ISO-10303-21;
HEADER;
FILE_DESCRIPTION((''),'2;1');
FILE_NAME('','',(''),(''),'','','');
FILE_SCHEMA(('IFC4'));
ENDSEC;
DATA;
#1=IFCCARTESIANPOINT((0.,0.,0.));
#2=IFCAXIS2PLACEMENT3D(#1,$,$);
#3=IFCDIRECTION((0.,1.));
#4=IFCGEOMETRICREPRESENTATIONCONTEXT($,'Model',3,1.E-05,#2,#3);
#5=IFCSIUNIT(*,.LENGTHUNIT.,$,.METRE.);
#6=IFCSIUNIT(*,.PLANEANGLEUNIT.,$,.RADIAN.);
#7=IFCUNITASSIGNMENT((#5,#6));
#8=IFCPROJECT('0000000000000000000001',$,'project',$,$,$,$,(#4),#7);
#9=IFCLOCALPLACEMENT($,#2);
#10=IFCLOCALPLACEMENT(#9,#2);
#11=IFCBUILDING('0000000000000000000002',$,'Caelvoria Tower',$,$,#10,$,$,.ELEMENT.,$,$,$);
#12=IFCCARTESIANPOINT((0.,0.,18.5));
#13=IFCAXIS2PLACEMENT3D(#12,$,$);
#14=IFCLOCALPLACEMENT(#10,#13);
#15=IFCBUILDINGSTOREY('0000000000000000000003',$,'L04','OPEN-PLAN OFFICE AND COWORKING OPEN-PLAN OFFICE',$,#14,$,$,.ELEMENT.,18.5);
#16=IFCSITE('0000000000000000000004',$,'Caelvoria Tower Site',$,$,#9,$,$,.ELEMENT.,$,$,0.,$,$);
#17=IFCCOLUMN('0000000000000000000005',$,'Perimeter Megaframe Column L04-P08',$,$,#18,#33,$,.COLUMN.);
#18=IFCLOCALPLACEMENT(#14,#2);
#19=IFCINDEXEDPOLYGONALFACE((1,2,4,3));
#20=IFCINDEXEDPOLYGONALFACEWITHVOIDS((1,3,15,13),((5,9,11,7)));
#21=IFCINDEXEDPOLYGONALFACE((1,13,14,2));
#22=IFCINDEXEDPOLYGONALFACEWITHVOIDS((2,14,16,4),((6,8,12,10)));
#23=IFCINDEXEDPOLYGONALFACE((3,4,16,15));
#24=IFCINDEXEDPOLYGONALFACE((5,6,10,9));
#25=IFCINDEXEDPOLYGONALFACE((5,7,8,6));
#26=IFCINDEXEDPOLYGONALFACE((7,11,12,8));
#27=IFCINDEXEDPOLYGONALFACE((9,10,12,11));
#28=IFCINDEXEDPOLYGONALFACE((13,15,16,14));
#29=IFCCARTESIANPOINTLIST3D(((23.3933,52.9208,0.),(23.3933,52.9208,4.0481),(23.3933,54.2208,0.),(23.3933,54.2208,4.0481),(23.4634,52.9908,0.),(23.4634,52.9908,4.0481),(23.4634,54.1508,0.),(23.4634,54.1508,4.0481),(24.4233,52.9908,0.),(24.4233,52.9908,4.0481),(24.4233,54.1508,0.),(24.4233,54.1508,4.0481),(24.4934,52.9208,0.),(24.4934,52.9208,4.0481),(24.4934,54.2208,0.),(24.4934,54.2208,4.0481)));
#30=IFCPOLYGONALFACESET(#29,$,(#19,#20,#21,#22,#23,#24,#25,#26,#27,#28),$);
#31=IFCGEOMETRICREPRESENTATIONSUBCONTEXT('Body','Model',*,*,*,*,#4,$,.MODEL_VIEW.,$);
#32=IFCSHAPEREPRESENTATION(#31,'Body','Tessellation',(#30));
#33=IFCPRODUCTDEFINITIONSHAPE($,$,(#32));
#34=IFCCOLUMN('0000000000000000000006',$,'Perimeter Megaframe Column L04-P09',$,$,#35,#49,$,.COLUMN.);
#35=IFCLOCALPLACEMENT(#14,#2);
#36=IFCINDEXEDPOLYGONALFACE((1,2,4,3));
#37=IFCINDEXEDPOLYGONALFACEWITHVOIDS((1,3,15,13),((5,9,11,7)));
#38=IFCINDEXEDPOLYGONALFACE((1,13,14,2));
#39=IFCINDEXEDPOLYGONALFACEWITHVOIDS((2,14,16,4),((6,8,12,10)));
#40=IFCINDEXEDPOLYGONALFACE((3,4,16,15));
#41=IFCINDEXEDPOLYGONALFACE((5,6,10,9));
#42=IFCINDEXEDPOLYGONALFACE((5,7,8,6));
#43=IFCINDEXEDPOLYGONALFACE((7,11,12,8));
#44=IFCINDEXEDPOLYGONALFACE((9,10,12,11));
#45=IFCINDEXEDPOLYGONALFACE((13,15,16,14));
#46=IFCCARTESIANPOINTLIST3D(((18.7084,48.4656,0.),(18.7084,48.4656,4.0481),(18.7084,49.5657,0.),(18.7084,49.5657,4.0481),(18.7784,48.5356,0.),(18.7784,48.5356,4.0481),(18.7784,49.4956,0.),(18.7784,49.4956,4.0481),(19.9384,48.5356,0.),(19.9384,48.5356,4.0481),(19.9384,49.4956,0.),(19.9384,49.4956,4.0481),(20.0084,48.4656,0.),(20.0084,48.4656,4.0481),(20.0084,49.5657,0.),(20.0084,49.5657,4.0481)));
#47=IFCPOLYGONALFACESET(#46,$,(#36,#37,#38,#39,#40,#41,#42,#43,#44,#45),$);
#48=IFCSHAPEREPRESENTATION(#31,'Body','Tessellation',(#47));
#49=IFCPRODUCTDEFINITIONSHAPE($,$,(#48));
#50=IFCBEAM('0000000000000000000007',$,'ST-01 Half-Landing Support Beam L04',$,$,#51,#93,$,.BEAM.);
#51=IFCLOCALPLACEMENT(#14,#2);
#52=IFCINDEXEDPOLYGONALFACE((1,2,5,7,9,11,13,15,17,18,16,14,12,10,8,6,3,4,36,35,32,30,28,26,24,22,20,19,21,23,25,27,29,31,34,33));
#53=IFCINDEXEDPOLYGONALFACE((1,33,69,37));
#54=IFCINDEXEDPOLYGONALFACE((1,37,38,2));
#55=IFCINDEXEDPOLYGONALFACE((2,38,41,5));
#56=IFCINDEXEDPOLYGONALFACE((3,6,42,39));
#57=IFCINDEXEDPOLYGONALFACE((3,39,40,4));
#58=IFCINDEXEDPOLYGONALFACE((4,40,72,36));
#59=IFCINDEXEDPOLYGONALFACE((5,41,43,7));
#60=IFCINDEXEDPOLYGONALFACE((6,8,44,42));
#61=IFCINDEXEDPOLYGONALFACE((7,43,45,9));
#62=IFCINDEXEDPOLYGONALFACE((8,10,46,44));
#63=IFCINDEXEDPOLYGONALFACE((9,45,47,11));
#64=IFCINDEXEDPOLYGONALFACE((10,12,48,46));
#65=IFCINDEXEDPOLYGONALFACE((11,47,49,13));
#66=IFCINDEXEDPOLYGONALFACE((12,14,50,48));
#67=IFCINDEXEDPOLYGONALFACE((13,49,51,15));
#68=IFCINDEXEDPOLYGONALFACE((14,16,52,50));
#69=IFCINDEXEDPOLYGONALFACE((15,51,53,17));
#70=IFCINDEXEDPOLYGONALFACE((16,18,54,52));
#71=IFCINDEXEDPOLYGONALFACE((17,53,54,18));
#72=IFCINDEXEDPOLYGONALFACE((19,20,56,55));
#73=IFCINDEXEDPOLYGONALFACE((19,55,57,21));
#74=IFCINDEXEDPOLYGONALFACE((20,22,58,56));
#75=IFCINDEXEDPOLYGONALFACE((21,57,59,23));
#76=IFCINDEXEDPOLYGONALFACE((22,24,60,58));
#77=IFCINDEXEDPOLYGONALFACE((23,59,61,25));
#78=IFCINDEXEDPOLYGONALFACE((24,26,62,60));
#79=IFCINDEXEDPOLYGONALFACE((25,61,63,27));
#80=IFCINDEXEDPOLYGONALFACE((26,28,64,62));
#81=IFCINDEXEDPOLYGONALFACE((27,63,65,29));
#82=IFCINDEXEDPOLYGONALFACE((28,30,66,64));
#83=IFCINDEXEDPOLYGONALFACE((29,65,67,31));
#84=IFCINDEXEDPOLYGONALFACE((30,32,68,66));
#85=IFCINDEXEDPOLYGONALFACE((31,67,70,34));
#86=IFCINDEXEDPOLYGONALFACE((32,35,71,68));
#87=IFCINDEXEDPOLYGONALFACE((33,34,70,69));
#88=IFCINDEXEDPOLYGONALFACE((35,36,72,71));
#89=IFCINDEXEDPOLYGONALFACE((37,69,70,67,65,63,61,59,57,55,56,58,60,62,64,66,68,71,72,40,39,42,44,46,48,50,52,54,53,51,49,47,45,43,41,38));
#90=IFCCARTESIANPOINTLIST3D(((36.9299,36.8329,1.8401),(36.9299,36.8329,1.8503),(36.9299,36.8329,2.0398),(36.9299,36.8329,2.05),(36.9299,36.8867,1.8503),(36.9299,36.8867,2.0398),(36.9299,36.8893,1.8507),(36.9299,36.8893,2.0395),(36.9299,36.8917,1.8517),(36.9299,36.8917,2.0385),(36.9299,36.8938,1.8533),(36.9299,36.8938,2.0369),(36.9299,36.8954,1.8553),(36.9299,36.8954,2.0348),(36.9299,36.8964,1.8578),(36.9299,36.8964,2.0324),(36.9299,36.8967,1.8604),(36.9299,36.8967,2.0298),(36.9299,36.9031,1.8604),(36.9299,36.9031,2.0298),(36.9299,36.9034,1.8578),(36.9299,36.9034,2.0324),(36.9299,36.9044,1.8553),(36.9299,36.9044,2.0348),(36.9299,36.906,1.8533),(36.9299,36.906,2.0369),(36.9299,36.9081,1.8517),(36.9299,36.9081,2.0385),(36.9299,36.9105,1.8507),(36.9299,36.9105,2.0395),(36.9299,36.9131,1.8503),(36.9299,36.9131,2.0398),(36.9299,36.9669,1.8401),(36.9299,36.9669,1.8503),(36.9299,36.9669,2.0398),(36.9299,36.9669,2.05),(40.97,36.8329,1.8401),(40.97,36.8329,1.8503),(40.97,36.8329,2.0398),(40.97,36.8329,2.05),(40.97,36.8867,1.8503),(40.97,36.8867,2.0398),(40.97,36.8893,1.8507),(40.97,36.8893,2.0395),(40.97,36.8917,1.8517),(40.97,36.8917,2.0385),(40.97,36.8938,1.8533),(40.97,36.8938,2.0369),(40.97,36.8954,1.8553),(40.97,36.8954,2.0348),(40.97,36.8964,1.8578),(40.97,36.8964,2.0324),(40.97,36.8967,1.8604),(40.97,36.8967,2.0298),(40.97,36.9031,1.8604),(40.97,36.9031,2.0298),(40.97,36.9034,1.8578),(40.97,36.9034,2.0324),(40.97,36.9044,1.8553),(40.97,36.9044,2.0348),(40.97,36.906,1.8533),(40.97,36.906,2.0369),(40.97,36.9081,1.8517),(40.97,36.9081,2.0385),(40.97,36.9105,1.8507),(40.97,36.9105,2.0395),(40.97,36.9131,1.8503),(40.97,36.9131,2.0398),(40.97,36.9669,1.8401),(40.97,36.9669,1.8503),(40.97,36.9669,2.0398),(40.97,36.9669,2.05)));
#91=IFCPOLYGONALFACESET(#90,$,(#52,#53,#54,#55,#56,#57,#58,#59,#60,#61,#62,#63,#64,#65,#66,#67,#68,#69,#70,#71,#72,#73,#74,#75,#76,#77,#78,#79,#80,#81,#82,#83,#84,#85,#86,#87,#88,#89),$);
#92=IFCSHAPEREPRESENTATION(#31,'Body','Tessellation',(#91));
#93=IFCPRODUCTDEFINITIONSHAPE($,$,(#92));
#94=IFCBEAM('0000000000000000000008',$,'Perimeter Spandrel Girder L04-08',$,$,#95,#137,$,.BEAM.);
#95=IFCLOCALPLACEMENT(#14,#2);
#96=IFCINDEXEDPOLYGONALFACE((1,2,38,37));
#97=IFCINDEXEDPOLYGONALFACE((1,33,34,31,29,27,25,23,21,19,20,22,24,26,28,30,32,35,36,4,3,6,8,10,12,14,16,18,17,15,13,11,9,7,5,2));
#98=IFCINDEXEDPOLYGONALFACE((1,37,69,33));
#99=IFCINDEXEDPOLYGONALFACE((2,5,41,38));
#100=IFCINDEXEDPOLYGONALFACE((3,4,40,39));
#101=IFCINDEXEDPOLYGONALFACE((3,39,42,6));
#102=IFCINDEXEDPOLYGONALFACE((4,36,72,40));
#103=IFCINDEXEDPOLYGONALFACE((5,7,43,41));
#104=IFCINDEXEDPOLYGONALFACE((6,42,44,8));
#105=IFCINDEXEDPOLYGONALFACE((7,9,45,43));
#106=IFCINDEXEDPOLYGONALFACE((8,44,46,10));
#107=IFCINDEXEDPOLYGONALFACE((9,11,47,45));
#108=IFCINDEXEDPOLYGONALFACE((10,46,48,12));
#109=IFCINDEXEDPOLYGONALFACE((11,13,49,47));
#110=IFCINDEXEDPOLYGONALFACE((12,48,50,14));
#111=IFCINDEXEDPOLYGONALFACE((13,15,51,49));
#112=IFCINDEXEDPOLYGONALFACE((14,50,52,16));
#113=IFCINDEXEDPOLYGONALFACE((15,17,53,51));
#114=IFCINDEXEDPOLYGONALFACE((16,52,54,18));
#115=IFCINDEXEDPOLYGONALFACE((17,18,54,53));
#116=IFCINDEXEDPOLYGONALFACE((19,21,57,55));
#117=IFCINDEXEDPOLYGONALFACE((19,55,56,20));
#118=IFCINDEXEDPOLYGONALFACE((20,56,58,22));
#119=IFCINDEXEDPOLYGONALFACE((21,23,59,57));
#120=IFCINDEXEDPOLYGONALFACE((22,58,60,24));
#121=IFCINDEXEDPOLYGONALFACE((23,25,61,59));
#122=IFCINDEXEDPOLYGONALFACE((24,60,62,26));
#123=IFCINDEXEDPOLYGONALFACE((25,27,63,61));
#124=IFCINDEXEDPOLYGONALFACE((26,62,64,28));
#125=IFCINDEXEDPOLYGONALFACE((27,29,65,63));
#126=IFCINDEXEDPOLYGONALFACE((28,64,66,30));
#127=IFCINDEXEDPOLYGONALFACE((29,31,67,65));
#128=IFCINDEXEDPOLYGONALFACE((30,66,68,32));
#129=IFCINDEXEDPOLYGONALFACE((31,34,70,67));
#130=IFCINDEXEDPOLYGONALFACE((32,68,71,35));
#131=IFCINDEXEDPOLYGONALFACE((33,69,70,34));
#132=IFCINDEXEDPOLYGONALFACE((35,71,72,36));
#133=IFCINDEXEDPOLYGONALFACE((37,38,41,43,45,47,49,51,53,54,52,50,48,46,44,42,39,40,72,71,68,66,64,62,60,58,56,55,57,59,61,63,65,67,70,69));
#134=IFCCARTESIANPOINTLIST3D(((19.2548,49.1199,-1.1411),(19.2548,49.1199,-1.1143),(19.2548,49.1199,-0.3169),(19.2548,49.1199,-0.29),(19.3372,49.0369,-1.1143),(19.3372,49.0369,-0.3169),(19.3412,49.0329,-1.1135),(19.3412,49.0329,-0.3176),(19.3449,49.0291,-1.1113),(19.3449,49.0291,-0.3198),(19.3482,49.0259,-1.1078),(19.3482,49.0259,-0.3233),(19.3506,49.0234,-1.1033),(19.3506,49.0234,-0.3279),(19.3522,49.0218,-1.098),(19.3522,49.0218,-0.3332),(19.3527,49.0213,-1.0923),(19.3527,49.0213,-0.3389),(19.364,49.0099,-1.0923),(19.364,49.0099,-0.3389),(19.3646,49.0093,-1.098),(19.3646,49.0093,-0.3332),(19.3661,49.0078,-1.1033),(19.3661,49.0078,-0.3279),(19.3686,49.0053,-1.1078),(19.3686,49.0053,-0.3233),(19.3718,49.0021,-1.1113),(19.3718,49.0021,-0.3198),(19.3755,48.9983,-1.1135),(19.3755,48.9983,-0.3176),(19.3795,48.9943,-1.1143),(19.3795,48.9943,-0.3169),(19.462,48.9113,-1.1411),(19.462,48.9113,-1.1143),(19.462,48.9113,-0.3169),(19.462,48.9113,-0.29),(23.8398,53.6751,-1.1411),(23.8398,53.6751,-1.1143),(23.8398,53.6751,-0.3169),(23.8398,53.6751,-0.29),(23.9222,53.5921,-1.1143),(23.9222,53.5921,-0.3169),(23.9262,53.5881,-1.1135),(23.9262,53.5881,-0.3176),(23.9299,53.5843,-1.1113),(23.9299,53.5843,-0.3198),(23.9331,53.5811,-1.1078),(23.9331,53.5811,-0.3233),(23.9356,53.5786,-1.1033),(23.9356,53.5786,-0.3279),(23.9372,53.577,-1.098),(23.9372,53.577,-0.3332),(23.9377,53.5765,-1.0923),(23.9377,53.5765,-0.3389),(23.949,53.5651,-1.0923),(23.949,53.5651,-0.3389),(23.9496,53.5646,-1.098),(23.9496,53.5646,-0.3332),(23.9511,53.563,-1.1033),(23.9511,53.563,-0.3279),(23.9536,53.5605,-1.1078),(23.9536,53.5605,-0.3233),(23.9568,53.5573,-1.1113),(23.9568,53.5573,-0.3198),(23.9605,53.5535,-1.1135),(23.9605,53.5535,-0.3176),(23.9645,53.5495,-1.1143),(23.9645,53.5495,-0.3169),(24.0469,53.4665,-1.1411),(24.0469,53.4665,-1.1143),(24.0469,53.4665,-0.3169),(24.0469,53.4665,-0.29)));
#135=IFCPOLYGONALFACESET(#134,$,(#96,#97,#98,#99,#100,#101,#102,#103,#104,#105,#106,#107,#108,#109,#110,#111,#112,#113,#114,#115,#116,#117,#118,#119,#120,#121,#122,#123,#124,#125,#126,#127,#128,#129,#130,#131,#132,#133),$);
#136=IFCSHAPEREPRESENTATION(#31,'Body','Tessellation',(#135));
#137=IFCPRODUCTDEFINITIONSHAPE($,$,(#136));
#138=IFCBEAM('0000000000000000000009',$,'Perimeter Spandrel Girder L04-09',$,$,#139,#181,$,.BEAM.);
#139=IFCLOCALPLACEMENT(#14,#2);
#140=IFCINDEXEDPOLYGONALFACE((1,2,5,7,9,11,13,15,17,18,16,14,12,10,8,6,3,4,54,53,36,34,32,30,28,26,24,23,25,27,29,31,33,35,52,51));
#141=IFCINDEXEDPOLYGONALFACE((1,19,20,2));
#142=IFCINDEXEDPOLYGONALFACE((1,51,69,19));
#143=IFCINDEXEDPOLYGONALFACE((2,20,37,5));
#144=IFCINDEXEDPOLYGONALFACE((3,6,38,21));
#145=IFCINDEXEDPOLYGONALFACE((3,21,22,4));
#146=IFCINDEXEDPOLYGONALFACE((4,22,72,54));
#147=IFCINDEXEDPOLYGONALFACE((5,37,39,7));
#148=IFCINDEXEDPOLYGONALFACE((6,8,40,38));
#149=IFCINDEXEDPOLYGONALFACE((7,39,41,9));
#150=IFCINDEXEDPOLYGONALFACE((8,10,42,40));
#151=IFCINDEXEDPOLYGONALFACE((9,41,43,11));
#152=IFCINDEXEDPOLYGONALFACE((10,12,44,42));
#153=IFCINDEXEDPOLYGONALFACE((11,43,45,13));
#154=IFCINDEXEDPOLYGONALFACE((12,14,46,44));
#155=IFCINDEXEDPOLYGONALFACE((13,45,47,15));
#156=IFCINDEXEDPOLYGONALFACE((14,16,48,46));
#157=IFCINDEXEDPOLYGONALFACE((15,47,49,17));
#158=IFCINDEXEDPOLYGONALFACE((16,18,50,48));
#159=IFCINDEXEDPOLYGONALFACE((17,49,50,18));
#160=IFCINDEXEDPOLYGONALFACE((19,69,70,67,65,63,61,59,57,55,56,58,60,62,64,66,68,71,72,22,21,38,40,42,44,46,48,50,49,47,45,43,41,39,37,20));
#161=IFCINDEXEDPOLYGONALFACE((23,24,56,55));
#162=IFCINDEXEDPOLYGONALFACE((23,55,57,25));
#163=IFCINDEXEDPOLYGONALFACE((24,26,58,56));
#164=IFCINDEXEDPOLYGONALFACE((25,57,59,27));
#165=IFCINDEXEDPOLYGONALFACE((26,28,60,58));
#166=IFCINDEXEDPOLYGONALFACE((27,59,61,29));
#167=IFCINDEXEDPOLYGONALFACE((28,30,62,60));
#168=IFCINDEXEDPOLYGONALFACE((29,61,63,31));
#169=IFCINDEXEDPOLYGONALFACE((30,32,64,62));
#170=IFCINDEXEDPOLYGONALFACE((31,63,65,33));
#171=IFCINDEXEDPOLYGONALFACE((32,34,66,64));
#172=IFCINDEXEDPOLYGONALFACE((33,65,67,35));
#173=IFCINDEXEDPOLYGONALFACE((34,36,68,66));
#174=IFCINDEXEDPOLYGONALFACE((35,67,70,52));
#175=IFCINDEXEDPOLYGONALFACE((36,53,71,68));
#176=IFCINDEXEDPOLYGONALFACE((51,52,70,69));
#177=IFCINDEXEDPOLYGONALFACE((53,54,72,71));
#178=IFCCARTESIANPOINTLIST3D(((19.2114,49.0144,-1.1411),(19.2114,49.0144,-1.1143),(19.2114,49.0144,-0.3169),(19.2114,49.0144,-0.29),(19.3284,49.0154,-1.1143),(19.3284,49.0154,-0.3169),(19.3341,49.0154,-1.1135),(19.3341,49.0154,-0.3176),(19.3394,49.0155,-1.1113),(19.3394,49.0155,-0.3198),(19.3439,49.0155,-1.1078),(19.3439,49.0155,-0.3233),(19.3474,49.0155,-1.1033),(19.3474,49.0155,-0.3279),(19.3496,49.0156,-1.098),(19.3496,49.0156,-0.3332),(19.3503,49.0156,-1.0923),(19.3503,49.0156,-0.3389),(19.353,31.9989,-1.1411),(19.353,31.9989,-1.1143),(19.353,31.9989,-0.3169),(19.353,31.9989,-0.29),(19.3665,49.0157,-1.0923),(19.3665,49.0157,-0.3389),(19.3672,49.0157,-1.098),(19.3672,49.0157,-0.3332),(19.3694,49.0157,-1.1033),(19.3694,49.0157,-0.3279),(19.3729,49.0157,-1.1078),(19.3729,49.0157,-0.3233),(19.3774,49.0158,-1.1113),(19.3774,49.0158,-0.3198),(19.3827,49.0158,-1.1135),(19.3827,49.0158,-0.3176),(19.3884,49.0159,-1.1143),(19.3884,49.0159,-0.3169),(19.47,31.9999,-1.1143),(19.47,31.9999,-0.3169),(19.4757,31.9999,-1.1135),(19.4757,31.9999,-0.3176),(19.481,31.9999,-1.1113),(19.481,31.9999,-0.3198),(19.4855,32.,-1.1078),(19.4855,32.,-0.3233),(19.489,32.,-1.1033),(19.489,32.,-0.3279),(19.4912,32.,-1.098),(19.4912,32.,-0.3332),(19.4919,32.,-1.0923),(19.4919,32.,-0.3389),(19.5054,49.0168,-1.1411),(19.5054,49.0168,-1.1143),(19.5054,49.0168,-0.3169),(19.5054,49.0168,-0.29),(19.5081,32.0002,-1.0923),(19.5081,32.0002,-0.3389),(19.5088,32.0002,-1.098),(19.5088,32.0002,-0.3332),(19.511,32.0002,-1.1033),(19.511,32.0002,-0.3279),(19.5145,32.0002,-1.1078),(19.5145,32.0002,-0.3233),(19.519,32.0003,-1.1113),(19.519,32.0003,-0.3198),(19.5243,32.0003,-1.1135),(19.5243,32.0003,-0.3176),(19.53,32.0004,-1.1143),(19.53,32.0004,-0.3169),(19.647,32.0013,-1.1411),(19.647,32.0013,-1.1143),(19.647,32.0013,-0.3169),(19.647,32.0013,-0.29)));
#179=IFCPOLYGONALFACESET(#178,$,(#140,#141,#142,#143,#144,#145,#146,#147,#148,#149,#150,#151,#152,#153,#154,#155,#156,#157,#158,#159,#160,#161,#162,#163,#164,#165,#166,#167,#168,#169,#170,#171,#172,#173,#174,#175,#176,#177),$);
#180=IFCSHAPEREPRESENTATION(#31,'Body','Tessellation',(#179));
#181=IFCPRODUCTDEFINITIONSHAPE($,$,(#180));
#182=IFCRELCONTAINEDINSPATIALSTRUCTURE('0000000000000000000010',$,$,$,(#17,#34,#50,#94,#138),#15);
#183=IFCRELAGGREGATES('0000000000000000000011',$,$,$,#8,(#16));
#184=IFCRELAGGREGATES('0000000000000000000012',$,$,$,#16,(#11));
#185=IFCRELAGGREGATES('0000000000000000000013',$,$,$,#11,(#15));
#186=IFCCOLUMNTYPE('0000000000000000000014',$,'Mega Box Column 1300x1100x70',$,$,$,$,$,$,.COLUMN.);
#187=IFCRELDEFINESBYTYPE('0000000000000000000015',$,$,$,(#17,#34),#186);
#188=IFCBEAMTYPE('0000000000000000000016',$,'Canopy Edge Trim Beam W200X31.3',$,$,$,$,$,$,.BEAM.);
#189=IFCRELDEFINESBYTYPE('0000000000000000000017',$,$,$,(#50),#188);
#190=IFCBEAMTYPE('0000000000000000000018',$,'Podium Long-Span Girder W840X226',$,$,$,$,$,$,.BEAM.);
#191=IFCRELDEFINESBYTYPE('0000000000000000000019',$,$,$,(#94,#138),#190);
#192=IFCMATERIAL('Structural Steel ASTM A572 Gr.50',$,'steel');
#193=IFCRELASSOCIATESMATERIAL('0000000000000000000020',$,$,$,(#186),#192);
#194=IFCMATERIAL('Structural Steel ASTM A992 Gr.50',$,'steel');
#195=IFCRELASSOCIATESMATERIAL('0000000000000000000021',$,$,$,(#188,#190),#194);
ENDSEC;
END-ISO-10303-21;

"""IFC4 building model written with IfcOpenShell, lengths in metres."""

from ifc_helpers import new_model, si_unit, direction, frame, origin, origin_2d, place, context, subcontext, project, spatial, hollow_rectangle, i_section, extrude, material, material_profile, profile_set, type_object, element, save


model = new_model("IFC4")

# Units and contexts
model_context = context("Model", 3, precision=1e-05, world=origin(), true_north=direction((0.0, 1.0)))
body_context = subcontext(model_context, "Body", "Model", "MODEL_VIEW")
ifc_project = project(units=[si_unit("LENGTHUNIT", "METRE"), si_unit("PLANEANGLEUNIT", "RADIAN")], contexts=[model_context])

# Site, building, storey
site_placement = place(None, origin())
site = spatial("IfcSite", under=ifc_project, at=site_placement, Name="Caelvoria Tower Site", CompositionType="ELEMENT", RefElevation=0.0)
building_placement = place(site_placement, origin())
building = spatial("IfcBuilding", under=site, at=building_placement, Name="Caelvoria Tower", CompositionType="ELEMENT")
storey_placement = place(building_placement, frame((0.0, 0.0, 18.5)))
storey = spatial("IfcBuildingStorey", under=building, at=storey_placement, Name="L04", Description="OPEN-PLAN OFFICE AND COWORKING OPEN-PLAN OFFICE", CompositionType="ELEMENT", Elevation=18.5)

# Columns
ifc_material_1 = material(Name="Structural Steel ASTM A572 Gr.50", Category="steel")
ifc_material_profile_1 = material_profile(ifc_material_1, hollow_rectangle(XDim=1.1001, YDim=1.3, WallThickness=0.0701, at=origin_2d()), Name="Structural Steel ASTM A572 Gr.50")
ifc_profile_set_1 = profile_set([ifc_material_profile_1], Name="BOX1300X1100X70 - Structural Steel ASTM A572 Gr.50")
column_type = type_object("IfcColumnType", Name="Mega Box Column 1300x1100x70", PredefinedType="COLUMN", material=ifc_profile_set_1)
for number, where, z_axis, x_axis, name in (
    (1, (23.9434, 53.5708, 0.0), (0.0, 0.0, 1.0), (1.0, 0.0, 0.0), "Perimeter Megaframe Column L04-P08"),
    (2, (19.3584, 49.0156, 0.0), (0.0, 0.0, 1.0), (0.0, 1.0, 0.0), "Perimeter Megaframe Column L04-P09"),
):
    element("IfcColumn", number, at=place(storey_placement, frame(where, z_axis=z_axis, x_axis=x_axis)), inside=storey, type_object=column_type, Name=name, PredefinedType="COLUMN", context=body_context, shape_type="SweptSolid", body=[
        extrude(hollow_rectangle(XDim=1.1001, YDim=1.3, WallThickness=0.0701, at=origin_2d()), origin(), (0.0, 0.0, 1.0), 4.0481),
    ])

# Beams
ifc_material_2 = material(Name="Structural Steel ASTM A992 Gr.50", Category="steel")
ifc_material_profile_2 = material_profile(ifc_material_2, i_section(OverallWidth=0.134, OverallDepth=0.21, WebThickness=0.0063, FlangeThickness=0.0103, FilletRadius=0.01, at=origin_2d()), Name="Structural Steel ASTM A992 Gr.50")
ifc_profile_set_2 = profile_set([ifc_material_profile_2], Name="W200X31.3 - Structural Steel ASTM A992 Gr.50")
beam_type_1 = type_object("IfcBeamType", Name="Canopy Edge Trim Beam W200X31.3", PredefinedType="BEAM", material=ifc_profile_set_2)
beam_1_placement = place(storey_placement, frame((36.9299, 36.8999, 1.9451), z_axis=(1.0, 0.0, 0.0), x_axis=(0.0, 1.0, 0.0)))
element("IfcBeam", 3, at=beam_1_placement, inside=storey, type_object=beam_type_1, Name="ST-01 Half-Landing Support Beam L04", PredefinedType="BEAM", context=body_context, shape_type="SweptSolid", body=[
    extrude(i_section(OverallWidth=0.134, OverallDepth=0.21, WebThickness=0.0063, FlangeThickness=0.0103, FilletRadius=0.01, at=origin_2d()), origin(), (0.0, 0.0, 1.0), 4.04),
])
ifc_material_profile_3 = material_profile(ifc_material_2, i_section(OverallWidth=0.2939, OverallDepth=0.8511, WebThickness=0.0161, FlangeThickness=0.0269, FilletRadius=0.022, at=origin_2d()), Name="Structural Steel ASTM A992 Gr.50")
ifc_profile_set_3 = profile_set([ifc_material_profile_3], Name="W840X226 - Structural Steel ASTM A992 Gr.50")
beam_type_2 = type_object("IfcBeamType", Name="Podium Long-Span Girder W840X226", PredefinedType="BEAM", material=ifc_profile_set_3)
beam_2_placement = place(storey_placement, frame((23.9434, 53.5708, -0.7156), z_axis=(-0.709407, -0.704799, 0.0), x_axis=(0.704799, -0.709407, 0.0)))
element("IfcBeam", 4, at=beam_2_placement, inside=storey, type_object=beam_type_2, Name="Perimeter Spandrel Girder L04-08", PredefinedType="BEAM", context=body_context, shape_type="SweptSolid", body=[
    extrude(i_section(OverallWidth=0.2939, OverallDepth=0.8511, WebThickness=0.0161, FlangeThickness=0.0269, FilletRadius=0.022, at=origin_2d()), origin(), (0.0, 0.0, 1.0), 6.4631),
])
beam_3_placement = place(storey_placement, frame((19.3584, 49.0156, -0.7156), z_axis=(0.008322, -0.999965, 0.0), x_axis=(0.999965, 0.008322, 0.0)))
element("IfcBeam", 5, at=beam_3_placement, inside=storey, type_object=beam_type_2, Name="Perimeter Spandrel Girder L04-09", PredefinedType="BEAM", context=body_context, shape_type="SweptSolid", body=[
    extrude(i_section(OverallWidth=0.2939, OverallDepth=0.8511, WebThickness=0.0161, FlangeThickness=0.0269, FilletRadius=0.022, at=origin_2d()), origin(), (0.0, 0.0, 1.0), 17.0161),
])

save(model, "model.ifc")
